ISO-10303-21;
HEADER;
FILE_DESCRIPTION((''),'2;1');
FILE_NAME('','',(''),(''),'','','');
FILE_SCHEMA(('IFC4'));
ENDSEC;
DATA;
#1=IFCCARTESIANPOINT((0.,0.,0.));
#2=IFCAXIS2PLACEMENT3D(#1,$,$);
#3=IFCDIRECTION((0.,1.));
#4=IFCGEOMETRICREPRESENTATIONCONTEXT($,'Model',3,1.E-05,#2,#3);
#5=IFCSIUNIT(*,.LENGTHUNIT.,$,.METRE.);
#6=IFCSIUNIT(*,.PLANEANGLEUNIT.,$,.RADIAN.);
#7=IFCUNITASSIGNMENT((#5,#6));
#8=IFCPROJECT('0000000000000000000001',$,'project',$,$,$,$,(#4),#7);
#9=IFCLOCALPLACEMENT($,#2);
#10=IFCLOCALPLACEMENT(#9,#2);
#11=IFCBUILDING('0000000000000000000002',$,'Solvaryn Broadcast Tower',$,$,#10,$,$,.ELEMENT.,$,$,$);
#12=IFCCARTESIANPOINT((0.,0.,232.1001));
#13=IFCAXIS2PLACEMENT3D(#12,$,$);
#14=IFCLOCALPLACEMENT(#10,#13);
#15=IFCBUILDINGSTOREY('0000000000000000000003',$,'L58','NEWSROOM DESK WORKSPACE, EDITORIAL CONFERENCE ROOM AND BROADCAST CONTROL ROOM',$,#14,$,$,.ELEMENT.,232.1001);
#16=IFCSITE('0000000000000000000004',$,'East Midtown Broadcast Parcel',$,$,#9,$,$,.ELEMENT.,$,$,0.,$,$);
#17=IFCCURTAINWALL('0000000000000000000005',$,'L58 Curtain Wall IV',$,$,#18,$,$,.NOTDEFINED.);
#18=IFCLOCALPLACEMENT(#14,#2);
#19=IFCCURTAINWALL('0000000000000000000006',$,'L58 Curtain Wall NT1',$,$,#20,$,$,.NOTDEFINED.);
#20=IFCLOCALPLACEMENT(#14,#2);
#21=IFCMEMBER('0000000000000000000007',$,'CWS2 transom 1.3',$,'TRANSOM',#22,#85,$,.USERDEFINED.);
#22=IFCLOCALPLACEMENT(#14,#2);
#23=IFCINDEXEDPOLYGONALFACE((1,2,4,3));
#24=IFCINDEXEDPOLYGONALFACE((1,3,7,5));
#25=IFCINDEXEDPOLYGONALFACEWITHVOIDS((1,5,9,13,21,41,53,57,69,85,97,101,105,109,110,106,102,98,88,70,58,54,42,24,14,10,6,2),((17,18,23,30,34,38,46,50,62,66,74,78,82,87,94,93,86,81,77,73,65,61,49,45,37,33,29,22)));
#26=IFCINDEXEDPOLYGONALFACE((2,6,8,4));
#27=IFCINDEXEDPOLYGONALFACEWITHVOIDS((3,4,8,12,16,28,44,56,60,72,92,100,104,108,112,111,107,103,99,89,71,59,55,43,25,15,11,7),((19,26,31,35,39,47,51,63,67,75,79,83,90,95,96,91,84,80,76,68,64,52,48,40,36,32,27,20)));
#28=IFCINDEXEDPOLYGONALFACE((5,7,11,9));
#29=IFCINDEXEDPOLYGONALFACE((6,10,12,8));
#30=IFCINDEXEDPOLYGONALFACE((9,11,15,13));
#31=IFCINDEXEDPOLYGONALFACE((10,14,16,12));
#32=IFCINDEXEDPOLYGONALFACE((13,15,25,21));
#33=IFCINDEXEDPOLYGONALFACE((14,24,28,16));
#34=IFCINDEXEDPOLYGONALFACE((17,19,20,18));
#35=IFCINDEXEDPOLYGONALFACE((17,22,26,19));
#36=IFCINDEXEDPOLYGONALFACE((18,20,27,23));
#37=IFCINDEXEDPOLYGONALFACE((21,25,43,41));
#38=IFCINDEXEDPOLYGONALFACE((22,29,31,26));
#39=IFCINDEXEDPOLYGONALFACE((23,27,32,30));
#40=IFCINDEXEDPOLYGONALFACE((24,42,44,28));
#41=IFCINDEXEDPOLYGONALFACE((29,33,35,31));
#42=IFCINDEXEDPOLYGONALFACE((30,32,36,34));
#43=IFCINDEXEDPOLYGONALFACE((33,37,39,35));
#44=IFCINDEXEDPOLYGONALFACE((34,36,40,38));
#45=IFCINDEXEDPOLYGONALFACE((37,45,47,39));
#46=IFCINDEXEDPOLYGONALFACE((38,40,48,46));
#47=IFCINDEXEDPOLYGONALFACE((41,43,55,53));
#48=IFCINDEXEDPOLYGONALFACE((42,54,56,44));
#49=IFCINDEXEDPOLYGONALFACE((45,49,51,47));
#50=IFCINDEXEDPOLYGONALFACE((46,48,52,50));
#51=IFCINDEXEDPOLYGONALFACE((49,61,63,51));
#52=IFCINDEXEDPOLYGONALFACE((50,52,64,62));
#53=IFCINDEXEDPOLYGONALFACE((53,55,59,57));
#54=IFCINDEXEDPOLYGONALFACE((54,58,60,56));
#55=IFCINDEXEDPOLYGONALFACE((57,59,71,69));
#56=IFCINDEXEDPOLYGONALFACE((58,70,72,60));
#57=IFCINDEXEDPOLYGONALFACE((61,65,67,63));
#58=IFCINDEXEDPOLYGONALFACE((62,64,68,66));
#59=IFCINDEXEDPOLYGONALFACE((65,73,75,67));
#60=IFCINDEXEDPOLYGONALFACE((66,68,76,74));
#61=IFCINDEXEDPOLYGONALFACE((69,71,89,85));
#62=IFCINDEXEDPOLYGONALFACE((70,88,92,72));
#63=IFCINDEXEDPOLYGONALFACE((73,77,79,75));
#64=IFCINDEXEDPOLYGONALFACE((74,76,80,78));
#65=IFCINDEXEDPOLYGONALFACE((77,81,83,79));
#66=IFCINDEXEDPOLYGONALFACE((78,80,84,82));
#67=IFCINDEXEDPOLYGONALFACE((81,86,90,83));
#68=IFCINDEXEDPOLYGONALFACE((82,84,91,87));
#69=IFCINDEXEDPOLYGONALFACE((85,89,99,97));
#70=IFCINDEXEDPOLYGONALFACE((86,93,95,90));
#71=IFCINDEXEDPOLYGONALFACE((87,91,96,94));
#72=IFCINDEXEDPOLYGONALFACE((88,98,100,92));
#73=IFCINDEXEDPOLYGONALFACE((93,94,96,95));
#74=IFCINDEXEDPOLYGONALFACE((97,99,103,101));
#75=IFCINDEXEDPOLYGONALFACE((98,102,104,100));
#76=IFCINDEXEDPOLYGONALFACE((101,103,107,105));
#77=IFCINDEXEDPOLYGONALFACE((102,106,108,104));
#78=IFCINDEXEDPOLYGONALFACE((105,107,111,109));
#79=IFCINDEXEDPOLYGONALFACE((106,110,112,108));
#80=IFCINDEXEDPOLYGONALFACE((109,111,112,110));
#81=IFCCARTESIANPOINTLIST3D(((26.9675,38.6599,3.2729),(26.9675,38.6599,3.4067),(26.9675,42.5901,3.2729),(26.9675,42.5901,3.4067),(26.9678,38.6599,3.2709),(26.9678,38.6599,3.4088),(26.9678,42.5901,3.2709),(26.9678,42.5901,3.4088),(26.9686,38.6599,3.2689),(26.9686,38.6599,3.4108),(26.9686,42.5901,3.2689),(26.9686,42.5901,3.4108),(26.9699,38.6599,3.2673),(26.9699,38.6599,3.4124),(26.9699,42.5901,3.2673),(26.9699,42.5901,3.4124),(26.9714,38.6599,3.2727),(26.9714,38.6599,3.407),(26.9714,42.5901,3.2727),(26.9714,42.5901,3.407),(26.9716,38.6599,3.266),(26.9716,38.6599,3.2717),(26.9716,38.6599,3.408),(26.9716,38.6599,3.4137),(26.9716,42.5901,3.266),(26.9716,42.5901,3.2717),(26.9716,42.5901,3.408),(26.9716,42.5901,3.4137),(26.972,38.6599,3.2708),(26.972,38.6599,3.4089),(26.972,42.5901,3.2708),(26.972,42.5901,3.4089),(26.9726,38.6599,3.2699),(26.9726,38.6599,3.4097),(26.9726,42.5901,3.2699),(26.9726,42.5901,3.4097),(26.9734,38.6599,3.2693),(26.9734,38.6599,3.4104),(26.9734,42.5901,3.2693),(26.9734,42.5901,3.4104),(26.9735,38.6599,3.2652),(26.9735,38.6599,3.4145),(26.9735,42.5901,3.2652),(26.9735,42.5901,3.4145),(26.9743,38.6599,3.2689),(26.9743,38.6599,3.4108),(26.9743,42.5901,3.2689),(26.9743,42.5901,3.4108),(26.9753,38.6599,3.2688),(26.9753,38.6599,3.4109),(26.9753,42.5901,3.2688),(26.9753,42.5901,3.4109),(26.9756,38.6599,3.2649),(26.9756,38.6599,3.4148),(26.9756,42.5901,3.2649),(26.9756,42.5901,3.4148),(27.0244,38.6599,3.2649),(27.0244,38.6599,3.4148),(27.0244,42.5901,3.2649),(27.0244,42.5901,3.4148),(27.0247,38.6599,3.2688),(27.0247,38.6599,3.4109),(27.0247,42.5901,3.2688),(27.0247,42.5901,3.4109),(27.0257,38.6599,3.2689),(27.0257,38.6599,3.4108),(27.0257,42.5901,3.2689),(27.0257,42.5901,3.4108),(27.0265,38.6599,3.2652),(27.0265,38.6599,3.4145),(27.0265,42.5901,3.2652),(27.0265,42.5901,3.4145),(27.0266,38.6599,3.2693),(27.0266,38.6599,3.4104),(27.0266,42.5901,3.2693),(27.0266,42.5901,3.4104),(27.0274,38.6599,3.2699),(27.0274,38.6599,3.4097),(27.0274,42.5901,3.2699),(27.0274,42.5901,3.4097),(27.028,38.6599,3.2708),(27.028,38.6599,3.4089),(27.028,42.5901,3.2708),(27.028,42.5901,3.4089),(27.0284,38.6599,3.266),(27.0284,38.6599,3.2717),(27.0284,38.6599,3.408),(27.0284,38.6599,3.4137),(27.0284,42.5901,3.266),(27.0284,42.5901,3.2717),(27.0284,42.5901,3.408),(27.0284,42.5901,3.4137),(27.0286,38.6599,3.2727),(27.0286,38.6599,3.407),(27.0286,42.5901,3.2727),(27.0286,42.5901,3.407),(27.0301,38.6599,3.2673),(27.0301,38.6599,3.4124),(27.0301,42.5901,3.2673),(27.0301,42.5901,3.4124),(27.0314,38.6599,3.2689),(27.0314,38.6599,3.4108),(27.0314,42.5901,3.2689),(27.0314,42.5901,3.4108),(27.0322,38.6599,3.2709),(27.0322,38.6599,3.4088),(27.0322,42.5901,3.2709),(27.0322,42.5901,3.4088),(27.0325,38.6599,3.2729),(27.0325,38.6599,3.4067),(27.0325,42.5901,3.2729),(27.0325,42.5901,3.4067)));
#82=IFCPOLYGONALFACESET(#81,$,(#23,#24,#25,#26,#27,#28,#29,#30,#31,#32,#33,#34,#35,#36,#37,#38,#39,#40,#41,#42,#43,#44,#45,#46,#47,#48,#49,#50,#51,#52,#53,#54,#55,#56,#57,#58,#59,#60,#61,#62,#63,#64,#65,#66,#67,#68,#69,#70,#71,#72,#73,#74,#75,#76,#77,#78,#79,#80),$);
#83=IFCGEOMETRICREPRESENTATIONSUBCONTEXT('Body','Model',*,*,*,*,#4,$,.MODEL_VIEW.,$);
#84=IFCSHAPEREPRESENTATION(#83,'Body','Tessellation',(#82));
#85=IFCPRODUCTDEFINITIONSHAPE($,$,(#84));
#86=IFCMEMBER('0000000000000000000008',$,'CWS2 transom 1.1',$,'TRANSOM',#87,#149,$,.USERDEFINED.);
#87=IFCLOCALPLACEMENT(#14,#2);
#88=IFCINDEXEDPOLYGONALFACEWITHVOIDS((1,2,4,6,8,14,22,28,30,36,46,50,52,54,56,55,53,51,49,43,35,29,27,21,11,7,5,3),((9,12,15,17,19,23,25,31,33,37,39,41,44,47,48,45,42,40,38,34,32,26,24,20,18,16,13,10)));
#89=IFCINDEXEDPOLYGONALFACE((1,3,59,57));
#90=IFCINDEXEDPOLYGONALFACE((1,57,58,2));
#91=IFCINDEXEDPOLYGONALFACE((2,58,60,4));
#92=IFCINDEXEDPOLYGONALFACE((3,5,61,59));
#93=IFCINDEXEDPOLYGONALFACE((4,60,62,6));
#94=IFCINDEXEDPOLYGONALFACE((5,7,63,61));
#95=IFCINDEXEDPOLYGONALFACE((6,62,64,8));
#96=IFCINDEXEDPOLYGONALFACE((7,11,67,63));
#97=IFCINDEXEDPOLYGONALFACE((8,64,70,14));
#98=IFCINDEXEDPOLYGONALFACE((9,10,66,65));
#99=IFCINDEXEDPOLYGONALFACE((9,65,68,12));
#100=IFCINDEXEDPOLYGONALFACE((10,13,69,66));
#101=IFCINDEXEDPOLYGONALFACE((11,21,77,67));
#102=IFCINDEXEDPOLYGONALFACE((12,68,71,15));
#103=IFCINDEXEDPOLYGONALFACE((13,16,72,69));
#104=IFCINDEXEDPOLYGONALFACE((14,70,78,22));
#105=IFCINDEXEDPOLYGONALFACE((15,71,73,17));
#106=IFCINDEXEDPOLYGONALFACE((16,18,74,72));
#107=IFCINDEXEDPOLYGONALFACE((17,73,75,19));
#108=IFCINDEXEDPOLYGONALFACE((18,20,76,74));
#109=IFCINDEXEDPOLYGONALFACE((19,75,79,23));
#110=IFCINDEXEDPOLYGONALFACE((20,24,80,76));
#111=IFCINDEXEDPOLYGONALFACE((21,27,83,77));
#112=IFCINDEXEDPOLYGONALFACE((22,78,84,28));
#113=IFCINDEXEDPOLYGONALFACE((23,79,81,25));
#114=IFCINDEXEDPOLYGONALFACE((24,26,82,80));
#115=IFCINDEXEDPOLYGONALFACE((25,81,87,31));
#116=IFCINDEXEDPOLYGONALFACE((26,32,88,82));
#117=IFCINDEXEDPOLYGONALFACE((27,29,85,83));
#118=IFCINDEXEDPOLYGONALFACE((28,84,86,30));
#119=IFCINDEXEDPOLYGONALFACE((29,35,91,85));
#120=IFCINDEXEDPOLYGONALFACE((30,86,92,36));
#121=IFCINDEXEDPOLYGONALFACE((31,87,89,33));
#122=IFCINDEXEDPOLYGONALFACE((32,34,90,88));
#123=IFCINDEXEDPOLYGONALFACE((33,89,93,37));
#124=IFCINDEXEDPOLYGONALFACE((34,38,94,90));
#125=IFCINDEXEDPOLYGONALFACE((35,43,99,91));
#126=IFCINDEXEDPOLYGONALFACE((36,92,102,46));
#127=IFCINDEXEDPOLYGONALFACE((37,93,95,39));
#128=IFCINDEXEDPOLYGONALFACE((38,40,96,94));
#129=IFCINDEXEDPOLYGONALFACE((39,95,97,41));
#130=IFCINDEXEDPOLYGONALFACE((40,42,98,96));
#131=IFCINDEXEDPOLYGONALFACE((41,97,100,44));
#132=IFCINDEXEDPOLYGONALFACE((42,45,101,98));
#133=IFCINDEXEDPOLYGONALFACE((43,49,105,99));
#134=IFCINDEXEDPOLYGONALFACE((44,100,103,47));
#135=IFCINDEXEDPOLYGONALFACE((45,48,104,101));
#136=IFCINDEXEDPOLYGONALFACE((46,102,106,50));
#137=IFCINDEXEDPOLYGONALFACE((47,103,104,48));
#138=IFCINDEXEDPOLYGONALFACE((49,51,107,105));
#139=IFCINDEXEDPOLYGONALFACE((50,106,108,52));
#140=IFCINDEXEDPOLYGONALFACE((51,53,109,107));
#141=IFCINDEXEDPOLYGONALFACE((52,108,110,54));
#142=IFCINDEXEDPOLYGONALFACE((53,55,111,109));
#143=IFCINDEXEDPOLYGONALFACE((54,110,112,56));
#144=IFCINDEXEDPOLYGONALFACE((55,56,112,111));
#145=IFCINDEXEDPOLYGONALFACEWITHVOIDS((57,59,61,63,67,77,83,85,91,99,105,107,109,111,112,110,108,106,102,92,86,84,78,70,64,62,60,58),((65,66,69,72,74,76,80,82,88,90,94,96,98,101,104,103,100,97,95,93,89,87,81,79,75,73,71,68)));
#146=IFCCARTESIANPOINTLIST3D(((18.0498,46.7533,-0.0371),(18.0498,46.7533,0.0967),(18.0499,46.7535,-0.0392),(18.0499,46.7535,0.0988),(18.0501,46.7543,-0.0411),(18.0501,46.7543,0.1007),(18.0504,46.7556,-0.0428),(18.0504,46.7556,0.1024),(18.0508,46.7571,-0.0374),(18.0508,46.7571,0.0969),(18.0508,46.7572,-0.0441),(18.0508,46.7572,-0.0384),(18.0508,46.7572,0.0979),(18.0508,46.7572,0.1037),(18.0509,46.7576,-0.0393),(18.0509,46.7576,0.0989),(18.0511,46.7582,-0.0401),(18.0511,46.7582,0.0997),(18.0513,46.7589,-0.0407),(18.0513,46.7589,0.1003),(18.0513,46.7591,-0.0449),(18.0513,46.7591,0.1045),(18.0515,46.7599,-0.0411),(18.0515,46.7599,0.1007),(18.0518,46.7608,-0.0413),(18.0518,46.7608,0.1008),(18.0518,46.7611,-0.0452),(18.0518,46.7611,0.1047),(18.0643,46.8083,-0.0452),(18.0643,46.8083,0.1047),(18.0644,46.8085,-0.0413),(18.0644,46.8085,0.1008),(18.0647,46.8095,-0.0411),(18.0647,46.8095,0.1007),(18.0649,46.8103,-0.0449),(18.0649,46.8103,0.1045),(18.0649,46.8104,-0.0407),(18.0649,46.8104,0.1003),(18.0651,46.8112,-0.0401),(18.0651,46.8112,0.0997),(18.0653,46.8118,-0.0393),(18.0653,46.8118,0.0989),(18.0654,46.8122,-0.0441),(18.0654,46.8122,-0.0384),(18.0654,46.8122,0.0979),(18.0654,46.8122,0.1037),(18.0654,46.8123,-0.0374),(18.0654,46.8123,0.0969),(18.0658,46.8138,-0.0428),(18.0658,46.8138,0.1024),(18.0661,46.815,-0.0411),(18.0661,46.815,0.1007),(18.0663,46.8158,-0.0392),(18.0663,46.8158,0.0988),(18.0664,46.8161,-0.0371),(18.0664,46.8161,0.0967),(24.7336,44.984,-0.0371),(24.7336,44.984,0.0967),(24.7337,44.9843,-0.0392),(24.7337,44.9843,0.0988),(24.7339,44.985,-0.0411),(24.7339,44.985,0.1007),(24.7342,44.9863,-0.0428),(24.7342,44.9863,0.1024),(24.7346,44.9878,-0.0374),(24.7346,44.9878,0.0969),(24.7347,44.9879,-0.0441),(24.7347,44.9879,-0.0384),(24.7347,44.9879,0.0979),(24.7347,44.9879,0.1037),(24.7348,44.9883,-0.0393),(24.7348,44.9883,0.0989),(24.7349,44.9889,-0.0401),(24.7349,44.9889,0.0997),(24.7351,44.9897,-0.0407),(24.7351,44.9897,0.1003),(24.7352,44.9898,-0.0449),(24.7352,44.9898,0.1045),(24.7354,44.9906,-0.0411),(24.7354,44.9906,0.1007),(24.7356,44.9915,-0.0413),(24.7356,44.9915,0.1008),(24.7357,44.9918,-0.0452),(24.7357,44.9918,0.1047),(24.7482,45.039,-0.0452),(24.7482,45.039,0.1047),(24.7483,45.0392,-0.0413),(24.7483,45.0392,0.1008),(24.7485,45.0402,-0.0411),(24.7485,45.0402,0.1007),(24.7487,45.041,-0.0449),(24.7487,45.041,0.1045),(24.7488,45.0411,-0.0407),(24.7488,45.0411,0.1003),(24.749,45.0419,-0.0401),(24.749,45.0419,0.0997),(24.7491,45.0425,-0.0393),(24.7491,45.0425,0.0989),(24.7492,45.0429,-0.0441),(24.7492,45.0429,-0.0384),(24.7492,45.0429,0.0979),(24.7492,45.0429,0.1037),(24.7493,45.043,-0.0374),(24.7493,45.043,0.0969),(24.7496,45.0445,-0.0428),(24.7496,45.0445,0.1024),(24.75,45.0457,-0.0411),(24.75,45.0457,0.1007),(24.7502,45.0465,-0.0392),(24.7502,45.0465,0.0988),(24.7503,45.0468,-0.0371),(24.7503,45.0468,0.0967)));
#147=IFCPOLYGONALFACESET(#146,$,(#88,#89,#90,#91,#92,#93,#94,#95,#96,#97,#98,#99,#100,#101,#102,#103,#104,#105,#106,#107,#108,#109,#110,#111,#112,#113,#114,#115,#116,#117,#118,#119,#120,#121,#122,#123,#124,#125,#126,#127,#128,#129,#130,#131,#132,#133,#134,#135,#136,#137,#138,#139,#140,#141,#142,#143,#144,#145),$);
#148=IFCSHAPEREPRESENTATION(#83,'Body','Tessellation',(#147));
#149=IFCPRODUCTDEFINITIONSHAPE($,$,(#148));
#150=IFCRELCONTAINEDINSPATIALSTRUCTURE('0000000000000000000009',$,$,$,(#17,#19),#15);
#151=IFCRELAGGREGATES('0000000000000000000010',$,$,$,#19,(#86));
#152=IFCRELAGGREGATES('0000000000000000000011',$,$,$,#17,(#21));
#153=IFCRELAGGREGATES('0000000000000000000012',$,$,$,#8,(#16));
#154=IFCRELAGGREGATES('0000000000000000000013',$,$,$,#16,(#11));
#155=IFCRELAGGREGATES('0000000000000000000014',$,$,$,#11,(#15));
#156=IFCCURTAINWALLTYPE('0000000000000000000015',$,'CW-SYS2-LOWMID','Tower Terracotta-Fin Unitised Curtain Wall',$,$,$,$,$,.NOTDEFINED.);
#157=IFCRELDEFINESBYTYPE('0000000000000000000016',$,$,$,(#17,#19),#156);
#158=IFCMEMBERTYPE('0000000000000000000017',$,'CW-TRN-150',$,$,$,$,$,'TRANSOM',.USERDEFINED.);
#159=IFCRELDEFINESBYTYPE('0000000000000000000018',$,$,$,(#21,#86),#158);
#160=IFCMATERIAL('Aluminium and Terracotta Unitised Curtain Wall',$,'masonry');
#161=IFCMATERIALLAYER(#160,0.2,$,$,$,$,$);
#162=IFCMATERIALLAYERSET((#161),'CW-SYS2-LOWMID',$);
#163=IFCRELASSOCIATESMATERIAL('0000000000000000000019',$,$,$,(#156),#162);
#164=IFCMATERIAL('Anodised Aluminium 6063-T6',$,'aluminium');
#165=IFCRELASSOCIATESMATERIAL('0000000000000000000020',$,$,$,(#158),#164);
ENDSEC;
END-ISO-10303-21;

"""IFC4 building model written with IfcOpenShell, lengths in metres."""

from ifc_helpers import new_model, si_unit, direction, frame, origin, origin_2d, place, context, subcontext, project, spatial, hollow_rectangle, extrude, material, layer, layer_set, material_profile, profile_set, type_object, element, aggregate, save


model = new_model("IFC4")

# Units and contexts
model_context = context("Model", 3, precision=1e-05, world=origin(), true_north=direction((0.0, 1.0)))
body_context = subcontext(model_context, "Body", "Model", "MODEL_VIEW")
ifc_project = project(units=[si_unit("LENGTHUNIT", "METRE"), si_unit("PLANEANGLEUNIT", "RADIAN")], contexts=[model_context])

# Site, building, storey
site_placement = place(None, origin())
site = spatial("IfcSite", under=ifc_project, at=site_placement, Name="East Midtown Broadcast Parcel", CompositionType="ELEMENT", RefElevation=0.0)
building_placement = place(site_placement, origin())
building = spatial("IfcBuilding", under=site, at=building_placement, Name="Solvaryn Broadcast Tower", CompositionType="ELEMENT")
storey_placement = place(building_placement, frame((0.0, 0.0, 232.1001)))
storey = spatial("IfcBuildingStorey", under=building, at=storey_placement, Name="L58", Description="NEWSROOM DESK WORKSPACE, EDITORIAL CONFERENCE ROOM AND BROADCAST CONTROL ROOM", CompositionType="ELEMENT", Elevation=232.1001)

# Curtain wall
ifc_material_1 = material(Name="Aluminium and Terracotta Unitised Curtain Wall", Category="masonry")
ifc_layer_1 = layer(ifc_material_1, 0.2)
ifc_layer_set_1 = layer_set([ifc_layer_1], Name="CW-SYS2-LOWMID")
curtain_wall_type = type_object("IfcCurtainWallType", Name="CW-SYS2-LOWMID", Description="Tower Terracotta-Fin Unitised Curtain Wall", PredefinedType="NOTDEFINED", material=ifc_layer_set_1)
curtain_wall_1_placement = place(storey_placement, origin())
curtain_wall_1 = element("IfcCurtainWall", 1, at=curtain_wall_1_placement, inside=storey, type_object=curtain_wall_type, Name="L58 Curtain Wall IV", PredefinedType="NOTDEFINED")

# Curtain wall
curtain_wall_2_placement = place(storey_placement, origin())
curtain_wall_2 = element("IfcCurtainWall", 2, at=curtain_wall_2_placement, inside=storey, type_object=curtain_wall_type, Name="L58 Curtain Wall NT1", PredefinedType="NOTDEFINED")

# Members
ifc_material_2 = material(Name="Anodised Aluminium 6063-T6", Category="aluminium")
ifc_material_profile_1 = material_profile(ifc_material_2, hollow_rectangle(XDim=0.0649, YDim=0.1499, WallThickness=0.0039, InnerFilletRadius=0.0039, OuterFilletRadius=0.0081, at=origin_2d()))
ifc_profile_set_1 = profile_set([ifc_material_profile_1], Name="Anodised Aluminium 6063-T6")
member_type_1 = type_object("IfcMemberType", Name="CW-TRN-150", ElementType="TRANSOM", PredefinedType="USERDEFINED", material=ifc_profile_set_1)
member_1_placement = place(storey_placement, frame((27.0, 42.5901, 3.3398), z_axis=(0.0, -1.0, 0.0), x_axis=(1.0, 0.0, 0.0)))
member_1 = element("IfcMember", 3, at=member_1_placement, type_object=member_type_1, Name="CWS2 transom 1.3", ObjectType="TRANSOM", PredefinedType="USERDEFINED", context=body_context, shape_type="SweptSolid", body=[
    extrude(hollow_rectangle(XDim=0.0649, YDim=0.1499, WallThickness=0.0039, InnerFilletRadius=0.0039, OuterFilletRadius=0.0081, at=origin_2d()), origin(), (0.0, 0.0, 1.0), 3.9302),
])
member_2_placement = place(storey_placement, frame((24.7419, 45.0154, 0.0298), z_axis=(-0.966704, 0.255897, 0.0), x_axis=(-0.255897, -0.966704, 0.0)))
member_2 = element("IfcMember", 4, at=member_2_placement, type_object=member_type_1, Name="CWS2 transom 1.1", ObjectType="TRANSOM", PredefinedType="USERDEFINED", context=body_context, shape_type="SweptSolid", body=[
    extrude(hollow_rectangle(XDim=0.0649, YDim=0.1499, WallThickness=0.0039, InnerFilletRadius=0.0039, OuterFilletRadius=0.0081, at=origin_2d()), origin(), (0.0, 0.0, 1.0), 6.9141),
])
aggregate(curtain_wall_2, [member_2])

aggregate(curtain_wall_1, [member_1])

save(model, "model.ifc")
